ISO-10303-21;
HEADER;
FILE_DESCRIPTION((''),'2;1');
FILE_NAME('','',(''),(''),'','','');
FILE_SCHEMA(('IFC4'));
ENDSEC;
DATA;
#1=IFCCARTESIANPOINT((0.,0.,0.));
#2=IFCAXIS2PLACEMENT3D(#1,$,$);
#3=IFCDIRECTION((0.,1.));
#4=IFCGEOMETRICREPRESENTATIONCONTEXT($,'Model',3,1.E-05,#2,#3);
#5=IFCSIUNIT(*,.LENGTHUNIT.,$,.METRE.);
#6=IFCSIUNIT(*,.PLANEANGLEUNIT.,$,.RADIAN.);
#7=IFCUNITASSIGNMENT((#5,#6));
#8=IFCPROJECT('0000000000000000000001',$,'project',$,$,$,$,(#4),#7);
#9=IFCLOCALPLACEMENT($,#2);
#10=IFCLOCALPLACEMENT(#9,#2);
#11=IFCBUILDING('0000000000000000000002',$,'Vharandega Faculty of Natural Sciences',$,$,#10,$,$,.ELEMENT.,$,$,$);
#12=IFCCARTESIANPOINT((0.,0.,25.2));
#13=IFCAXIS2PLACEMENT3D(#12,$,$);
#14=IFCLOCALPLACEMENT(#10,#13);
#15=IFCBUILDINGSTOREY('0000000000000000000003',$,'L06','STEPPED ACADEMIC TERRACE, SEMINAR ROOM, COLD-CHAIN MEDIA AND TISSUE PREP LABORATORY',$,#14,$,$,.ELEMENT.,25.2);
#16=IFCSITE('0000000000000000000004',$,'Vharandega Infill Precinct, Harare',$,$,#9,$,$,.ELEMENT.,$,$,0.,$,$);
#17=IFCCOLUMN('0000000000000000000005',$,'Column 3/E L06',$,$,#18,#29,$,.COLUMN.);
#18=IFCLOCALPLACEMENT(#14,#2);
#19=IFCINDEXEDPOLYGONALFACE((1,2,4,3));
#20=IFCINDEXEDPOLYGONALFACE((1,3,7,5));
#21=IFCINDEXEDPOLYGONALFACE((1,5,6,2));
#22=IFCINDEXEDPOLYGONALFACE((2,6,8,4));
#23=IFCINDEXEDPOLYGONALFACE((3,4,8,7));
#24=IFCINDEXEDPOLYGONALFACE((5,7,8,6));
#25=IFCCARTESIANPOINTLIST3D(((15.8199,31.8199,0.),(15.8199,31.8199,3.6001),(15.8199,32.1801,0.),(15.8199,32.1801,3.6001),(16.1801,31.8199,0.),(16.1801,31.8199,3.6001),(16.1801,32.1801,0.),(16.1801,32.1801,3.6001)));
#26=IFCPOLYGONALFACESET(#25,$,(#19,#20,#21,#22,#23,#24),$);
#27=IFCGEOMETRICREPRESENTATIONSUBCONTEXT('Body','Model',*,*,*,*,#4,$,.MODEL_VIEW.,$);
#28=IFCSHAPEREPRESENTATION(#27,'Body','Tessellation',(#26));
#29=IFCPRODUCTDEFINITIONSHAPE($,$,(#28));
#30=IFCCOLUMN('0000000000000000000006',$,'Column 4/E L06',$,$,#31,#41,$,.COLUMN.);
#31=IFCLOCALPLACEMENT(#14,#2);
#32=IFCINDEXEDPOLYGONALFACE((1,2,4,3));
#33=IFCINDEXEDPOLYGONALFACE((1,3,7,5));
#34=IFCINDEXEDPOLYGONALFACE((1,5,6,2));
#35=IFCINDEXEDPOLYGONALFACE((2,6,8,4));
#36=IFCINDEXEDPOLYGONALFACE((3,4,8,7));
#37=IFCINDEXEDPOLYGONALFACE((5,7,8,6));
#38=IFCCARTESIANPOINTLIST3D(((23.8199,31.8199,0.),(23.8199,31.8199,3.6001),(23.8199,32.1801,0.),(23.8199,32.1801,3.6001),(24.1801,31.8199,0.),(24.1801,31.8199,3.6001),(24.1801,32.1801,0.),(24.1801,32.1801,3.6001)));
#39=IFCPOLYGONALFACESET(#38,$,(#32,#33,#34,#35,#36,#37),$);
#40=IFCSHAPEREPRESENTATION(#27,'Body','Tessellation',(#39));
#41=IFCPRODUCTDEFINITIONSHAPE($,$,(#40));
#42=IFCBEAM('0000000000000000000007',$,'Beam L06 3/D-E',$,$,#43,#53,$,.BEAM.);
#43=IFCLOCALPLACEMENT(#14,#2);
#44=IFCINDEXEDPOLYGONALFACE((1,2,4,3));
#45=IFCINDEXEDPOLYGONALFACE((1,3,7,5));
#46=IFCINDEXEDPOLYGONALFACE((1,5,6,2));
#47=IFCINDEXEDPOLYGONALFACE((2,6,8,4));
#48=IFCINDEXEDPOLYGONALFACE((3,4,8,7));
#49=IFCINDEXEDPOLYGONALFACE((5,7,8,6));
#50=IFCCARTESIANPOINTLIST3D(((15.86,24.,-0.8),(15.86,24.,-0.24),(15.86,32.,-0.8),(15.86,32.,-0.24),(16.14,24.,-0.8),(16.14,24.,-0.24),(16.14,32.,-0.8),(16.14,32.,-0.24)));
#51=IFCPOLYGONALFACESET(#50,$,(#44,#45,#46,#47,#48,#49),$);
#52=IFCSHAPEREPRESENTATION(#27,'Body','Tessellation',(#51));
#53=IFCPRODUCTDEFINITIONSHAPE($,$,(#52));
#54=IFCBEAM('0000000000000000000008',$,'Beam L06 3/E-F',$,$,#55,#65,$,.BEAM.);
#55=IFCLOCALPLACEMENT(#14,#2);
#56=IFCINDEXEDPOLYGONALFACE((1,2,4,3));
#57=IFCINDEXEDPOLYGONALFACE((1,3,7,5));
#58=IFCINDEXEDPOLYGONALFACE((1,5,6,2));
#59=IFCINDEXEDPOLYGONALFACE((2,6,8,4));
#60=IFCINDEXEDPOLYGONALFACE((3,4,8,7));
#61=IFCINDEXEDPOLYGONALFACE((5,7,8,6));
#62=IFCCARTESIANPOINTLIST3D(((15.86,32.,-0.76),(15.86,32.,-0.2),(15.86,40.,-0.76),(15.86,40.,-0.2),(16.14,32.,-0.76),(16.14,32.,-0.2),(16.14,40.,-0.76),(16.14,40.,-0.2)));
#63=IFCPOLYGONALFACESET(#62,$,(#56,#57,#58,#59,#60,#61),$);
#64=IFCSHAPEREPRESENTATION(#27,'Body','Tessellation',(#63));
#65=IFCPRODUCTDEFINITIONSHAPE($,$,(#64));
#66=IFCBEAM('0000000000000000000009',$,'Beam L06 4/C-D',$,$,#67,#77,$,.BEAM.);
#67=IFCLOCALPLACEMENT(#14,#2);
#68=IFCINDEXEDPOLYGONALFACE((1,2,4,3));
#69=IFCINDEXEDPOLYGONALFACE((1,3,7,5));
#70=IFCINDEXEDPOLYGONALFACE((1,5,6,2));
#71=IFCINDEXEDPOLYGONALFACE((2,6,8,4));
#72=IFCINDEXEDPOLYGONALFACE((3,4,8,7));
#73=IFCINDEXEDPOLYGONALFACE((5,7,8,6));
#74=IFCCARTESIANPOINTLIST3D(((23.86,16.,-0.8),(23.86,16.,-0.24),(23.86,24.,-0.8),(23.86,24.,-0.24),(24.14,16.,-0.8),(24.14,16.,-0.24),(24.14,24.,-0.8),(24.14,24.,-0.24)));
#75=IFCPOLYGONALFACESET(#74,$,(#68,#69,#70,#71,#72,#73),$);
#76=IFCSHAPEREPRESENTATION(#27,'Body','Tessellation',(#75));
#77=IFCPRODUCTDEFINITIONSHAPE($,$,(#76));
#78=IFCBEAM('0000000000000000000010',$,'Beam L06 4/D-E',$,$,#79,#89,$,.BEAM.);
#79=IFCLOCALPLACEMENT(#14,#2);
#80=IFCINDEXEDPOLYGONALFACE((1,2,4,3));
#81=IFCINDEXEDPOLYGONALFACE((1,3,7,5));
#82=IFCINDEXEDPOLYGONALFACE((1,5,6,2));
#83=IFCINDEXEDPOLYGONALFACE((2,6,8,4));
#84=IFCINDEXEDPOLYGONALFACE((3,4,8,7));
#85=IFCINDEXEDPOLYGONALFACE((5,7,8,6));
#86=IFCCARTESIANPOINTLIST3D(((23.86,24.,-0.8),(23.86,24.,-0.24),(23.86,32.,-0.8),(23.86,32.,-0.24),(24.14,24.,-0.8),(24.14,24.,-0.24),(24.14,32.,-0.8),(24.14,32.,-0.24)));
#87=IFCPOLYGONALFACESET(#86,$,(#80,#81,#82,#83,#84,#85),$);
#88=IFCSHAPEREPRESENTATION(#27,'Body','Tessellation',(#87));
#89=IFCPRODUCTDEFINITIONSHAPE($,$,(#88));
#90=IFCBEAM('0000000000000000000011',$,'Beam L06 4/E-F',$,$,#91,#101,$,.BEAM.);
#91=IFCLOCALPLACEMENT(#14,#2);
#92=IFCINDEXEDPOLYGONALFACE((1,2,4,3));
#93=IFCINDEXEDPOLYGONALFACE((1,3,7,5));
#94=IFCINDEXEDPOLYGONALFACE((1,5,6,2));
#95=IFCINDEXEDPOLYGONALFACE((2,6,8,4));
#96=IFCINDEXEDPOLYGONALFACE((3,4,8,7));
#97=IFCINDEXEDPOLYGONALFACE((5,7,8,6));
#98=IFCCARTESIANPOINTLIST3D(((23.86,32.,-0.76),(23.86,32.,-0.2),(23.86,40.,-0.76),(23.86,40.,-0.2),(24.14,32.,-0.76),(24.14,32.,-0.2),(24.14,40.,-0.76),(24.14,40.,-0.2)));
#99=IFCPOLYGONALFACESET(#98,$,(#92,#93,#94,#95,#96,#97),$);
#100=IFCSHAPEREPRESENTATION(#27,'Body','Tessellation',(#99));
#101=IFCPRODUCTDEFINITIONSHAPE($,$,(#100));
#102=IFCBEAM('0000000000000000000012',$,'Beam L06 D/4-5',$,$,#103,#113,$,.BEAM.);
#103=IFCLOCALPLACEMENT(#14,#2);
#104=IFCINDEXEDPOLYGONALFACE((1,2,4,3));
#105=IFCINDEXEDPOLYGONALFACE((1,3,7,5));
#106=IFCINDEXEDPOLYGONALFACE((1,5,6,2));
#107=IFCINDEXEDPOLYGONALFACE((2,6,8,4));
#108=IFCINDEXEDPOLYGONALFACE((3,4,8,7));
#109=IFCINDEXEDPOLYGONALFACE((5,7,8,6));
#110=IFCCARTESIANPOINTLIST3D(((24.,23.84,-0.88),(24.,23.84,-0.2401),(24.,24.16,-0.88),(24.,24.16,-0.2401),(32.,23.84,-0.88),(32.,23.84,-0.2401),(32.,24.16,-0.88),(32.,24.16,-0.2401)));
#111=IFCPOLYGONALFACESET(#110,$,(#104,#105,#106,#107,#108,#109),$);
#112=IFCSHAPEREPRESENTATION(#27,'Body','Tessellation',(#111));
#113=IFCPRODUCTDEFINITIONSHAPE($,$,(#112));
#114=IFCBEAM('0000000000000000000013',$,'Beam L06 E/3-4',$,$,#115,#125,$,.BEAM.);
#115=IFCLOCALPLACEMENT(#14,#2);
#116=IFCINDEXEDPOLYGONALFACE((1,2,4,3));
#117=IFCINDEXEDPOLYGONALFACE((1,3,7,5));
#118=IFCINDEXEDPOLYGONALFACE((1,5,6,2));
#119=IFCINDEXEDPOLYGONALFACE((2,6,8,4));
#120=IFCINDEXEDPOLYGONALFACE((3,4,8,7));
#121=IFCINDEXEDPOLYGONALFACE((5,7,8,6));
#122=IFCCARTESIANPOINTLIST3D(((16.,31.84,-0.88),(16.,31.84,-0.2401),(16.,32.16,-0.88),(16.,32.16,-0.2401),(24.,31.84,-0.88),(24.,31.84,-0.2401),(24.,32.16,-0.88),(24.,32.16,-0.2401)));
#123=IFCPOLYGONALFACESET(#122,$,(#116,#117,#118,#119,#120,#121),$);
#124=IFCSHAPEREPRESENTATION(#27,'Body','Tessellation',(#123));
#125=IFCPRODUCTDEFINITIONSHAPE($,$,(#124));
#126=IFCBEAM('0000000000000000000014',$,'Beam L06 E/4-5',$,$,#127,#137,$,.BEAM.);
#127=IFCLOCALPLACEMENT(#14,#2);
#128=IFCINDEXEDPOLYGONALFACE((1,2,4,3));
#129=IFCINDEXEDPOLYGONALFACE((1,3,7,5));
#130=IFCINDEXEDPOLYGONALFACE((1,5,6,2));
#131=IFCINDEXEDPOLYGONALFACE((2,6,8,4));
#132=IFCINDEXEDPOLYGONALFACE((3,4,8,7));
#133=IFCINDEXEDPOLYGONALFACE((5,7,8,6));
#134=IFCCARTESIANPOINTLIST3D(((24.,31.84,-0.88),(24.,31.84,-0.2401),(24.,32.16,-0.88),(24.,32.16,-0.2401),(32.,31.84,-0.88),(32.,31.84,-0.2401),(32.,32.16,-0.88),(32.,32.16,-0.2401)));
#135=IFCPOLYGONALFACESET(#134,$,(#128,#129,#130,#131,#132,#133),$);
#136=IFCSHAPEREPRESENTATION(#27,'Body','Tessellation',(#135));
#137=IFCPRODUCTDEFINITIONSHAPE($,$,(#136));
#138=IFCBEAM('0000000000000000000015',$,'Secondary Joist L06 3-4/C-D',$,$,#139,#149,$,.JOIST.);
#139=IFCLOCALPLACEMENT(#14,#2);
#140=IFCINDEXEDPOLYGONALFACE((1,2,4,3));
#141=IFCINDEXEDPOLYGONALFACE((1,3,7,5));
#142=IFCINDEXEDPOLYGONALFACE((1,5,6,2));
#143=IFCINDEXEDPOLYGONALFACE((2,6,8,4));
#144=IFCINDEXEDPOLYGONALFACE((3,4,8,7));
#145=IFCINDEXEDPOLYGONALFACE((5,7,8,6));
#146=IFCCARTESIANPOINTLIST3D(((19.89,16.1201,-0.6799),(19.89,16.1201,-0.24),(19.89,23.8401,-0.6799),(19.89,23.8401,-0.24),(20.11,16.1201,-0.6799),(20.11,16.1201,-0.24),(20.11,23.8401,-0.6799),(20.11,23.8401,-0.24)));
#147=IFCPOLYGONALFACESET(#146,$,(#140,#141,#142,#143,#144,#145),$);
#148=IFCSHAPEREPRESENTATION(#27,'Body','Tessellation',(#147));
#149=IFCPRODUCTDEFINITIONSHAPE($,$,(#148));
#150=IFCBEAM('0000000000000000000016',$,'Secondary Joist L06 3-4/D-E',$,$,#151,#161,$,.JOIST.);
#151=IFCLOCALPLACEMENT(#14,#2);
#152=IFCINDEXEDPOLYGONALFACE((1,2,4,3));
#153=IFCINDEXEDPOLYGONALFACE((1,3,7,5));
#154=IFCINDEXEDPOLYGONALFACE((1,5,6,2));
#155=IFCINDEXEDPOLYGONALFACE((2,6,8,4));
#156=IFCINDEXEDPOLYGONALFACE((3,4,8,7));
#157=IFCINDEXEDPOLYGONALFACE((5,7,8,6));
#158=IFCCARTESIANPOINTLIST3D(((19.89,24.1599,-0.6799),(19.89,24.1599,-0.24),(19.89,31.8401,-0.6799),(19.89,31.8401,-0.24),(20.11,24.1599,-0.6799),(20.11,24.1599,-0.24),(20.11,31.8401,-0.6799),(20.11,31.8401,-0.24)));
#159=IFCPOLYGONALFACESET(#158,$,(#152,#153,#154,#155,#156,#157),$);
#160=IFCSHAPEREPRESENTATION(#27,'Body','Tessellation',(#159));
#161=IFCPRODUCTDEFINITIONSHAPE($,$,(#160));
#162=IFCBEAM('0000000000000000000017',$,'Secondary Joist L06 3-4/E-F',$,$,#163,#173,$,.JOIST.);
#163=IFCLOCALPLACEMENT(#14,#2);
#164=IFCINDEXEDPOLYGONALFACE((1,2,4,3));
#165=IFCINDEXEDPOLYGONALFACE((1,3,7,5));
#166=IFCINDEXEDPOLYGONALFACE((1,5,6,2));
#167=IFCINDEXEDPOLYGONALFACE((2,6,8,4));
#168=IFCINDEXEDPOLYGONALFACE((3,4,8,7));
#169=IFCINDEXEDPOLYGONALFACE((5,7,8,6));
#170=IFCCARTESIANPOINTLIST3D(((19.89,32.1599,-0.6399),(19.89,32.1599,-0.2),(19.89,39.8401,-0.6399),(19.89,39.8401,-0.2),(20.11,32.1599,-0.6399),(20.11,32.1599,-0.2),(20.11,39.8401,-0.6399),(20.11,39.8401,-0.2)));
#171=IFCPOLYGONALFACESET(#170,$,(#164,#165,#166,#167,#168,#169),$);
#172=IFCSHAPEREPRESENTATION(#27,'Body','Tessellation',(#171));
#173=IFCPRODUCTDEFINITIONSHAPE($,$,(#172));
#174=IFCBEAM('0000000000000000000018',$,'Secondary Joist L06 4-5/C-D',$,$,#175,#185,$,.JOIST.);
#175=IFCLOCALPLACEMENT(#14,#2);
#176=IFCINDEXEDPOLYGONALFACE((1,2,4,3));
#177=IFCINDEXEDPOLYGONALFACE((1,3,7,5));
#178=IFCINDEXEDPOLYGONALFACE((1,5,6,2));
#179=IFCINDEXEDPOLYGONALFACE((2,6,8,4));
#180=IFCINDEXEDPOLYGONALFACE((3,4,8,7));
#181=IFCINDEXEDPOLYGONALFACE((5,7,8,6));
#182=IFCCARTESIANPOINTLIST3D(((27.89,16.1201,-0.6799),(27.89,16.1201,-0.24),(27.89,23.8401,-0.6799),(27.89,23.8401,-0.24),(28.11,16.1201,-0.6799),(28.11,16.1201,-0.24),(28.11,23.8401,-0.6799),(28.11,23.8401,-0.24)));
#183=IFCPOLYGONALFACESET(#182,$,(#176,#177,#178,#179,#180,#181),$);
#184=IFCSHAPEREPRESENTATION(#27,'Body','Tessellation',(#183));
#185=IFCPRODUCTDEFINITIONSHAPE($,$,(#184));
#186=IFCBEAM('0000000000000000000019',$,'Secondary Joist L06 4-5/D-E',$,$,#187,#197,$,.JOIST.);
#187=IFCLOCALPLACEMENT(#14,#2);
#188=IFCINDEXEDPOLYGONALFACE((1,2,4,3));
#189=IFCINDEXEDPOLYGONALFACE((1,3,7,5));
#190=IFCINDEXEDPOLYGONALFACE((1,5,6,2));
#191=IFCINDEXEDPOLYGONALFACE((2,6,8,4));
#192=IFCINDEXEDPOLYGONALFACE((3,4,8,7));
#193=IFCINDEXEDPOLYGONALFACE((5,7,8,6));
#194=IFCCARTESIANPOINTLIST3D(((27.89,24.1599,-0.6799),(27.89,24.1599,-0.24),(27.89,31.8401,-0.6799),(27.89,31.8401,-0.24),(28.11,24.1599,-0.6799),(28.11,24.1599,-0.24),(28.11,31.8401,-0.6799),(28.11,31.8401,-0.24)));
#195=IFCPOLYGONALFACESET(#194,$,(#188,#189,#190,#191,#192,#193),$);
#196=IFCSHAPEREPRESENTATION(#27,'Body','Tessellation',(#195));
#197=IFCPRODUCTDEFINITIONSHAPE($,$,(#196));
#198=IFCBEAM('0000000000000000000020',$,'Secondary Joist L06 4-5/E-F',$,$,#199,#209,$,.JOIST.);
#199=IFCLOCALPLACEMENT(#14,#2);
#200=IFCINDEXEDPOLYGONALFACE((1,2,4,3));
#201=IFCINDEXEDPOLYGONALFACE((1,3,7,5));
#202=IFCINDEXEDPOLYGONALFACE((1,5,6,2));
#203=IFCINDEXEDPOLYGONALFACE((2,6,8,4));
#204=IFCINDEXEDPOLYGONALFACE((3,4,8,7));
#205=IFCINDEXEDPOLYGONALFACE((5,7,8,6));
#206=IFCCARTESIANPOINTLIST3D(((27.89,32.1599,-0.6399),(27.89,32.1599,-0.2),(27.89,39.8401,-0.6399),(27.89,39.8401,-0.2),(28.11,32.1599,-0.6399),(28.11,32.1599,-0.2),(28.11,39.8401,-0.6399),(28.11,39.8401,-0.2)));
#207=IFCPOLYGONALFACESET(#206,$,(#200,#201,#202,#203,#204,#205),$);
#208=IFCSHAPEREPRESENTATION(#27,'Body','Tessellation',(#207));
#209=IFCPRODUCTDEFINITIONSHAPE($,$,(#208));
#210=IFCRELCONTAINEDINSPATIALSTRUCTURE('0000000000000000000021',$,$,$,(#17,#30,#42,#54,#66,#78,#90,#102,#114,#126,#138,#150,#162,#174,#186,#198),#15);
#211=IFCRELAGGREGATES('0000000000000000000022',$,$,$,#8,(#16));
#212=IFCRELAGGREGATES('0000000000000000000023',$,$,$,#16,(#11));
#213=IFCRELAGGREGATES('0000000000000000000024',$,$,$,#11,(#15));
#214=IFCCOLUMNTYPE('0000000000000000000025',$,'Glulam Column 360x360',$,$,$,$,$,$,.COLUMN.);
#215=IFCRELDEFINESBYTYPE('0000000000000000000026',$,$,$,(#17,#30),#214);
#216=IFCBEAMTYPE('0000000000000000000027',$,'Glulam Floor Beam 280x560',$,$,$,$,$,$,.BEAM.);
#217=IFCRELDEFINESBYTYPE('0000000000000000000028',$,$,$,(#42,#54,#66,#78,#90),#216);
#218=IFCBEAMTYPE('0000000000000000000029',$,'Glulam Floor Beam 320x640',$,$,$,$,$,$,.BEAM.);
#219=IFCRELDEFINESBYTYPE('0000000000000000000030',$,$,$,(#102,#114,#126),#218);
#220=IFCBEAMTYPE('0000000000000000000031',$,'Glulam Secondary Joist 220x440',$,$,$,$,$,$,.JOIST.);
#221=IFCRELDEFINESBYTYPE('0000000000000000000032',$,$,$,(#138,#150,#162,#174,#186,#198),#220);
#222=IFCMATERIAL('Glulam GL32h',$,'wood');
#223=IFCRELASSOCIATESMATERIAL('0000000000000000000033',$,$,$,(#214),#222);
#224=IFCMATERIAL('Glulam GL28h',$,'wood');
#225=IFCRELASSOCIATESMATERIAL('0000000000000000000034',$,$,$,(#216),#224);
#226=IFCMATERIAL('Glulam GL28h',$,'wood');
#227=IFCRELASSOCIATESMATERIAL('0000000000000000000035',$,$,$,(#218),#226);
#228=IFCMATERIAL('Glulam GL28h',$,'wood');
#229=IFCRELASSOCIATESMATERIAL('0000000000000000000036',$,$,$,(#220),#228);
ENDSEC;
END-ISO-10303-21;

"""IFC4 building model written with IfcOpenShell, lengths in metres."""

from ifc_helpers import new_model, si_unit, direction, frame, origin, origin_2d, place, context, subcontext, project, spatial, rectangle, extrude, material, material_profile, profile_set, type_object, element, save


model = new_model("IFC4")

# Units and contexts
model_context = context("Model", 3, precision=1e-05, world=origin(), true_north=direction((0.0, 1.0)))
body_context = subcontext(model_context, "Body", "Model", "MODEL_VIEW")
ifc_project = project(units=[si_unit("LENGTHUNIT", "METRE"), si_unit("PLANEANGLEUNIT", "RADIAN")], contexts=[model_context])

# Site, building, storey
site_placement = place(None, origin())
site = spatial("IfcSite", under=ifc_project, at=site_placement, Name="Vharandega Infill Precinct, Harare", CompositionType="ELEMENT", RefElevation=0.0)
building_placement = place(site_placement, origin())
building = spatial("IfcBuilding", under=site, at=building_placement, Name="Vharandega Faculty of Natural Sciences", CompositionType="ELEMENT")
storey_placement = place(building_placement, frame((0.0, 0.0, 25.2)))
storey = spatial("IfcBuildingStorey", under=building, at=storey_placement, Name="L06", Description="STEPPED ACADEMIC TERRACE, SEMINAR ROOM, COLD-CHAIN MEDIA AND TISSUE PREP LABORATORY", CompositionType="ELEMENT", Elevation=25.2)

# Columns
ifc_material_1 = material(Name="Glulam GL32h", Category="wood")
ifc_material_profile_1 = material_profile(ifc_material_1, rectangle(XDim=0.3601, YDim=0.3601, at=origin_2d()), Name="GL32h 360x360")
ifc_profile_set_1 = profile_set([ifc_material_profile_1], Name="Glulam GL32h")
column_type = type_object("IfcColumnType", Name="Glulam Column 360x360", PredefinedType="COLUMN", material=ifc_profile_set_1)
for number, where, z_axis, x_axis, name in (
    (1, (16.0, 32.0, 0.0), (0.0, 0.0, 1.0), (1.0, 0.0, 0.0), "Column 3/E L06"),
    (2, (24.0, 32.0, 0.0), (0.0, 0.0, 1.0), (1.0, 0.0, 0.0), "Column 4/E L06"),
):
    element("IfcColumn", number, at=place(storey_placement, frame(where, z_axis=z_axis, x_axis=x_axis)), inside=storey, type_object=column_type, Name=name, PredefinedType="COLUMN", context=body_context, shape_type="SweptSolid", body=[
        extrude(rectangle(XDim=0.3601, YDim=0.3601, at=origin_2d()), origin(), (0.0, 0.0, 1.0), 3.6001),
    ])

# Beams
ifc_material_2 = material(Name="Glulam GL28h", Category="wood")
ifc_material_profile_2 = material_profile(ifc_material_2, rectangle(XDim=0.28, YDim=0.5601, at=origin_2d()), Name="GL28h 280x560")
ifc_profile_set_2 = profile_set([ifc_material_profile_2], Name="Glulam GL28h")
beam_type_1 = type_object("IfcBeamType", Name="Glulam Floor Beam 280x560", PredefinedType="BEAM", material=ifc_profile_set_2)
for number, where, z_axis, x_axis, name in (
    (3, (16.0, 24.0, -0.52), (0.0, 1.0, 0.0), (-1.0, 0.0, 0.0), "Beam L06 3/D-E"),
    (4, (16.0, 32.0, -0.48), (0.0, 1.0, 0.0), (-1.0, 0.0, 0.0), "Beam L06 3/E-F"),
    (5, (24.0, 16.0, -0.52), (0.0, 1.0, 0.0), (-1.0, 0.0, 0.0), "Beam L06 4/C-D"),
    (6, (24.0, 24.0, -0.52), (0.0, 1.0, 0.0), (-1.0, 0.0, 0.0), "Beam L06 4/D-E"),
    (7, (24.0, 32.0, -0.48), (0.0, 1.0, 0.0), (-1.0, 0.0, 0.0), "Beam L06 4/E-F"),
):
    element("IfcBeam", number, at=place(storey_placement, frame(where, z_axis=z_axis, x_axis=x_axis)), inside=storey, type_object=beam_type_1, Name=name, PredefinedType="BEAM", context=body_context, shape_type="SweptSolid", body=[
        extrude(rectangle(XDim=0.28, YDim=0.5601, at=origin_2d()), origin(), (0.0, 0.0, 1.0), 8.0),
    ])
ifc_material_3 = material(Name="Glulam GL28h", Category="wood")
ifc_material_profile_3 = material_profile(ifc_material_3, rectangle(XDim=0.3201, YDim=0.6399, at=origin_2d()), Name="GL28h 320x640")
ifc_profile_set_3 = profile_set([ifc_material_profile_3], Name="Glulam GL28h")
beam_type_2 = type_object("IfcBeamType", Name="Glulam Floor Beam 320x640", PredefinedType="BEAM", material=ifc_profile_set_3)
for number, where, z_axis, x_axis, name in (
    (8, (24.0, 24.0, -0.5601), (1.0, 0.0, 0.0), (0.0, 1.0, 0.0), "Beam L06 D/4-5"),
    (9, (16.0, 32.0, -0.5601), (1.0, 0.0, 0.0), (0.0, 1.0, 0.0), "Beam L06 E/3-4"),
    (10, (24.0, 32.0, -0.5601), (1.0, 0.0, 0.0), (0.0, 1.0, 0.0), "Beam L06 E/4-5"),
):
    element("IfcBeam", number, at=place(storey_placement, frame(where, z_axis=z_axis, x_axis=x_axis)), inside=storey, type_object=beam_type_2, Name=name, PredefinedType="BEAM", context=body_context, shape_type="SweptSolid", body=[
        extrude(rectangle(XDim=0.3201, YDim=0.6399, at=origin_2d()), origin(), (0.0, 0.0, 1.0), 8.0),
    ])
ifc_material_4 = material(Name="Glulam GL28h", Category="wood")
ifc_material_profile_4 = material_profile(ifc_material_4, rectangle(XDim=0.22, YDim=0.4399, at=origin_2d()), Name="GL28h 220x440")
ifc_profile_set_4 = profile_set([ifc_material_profile_4], Name="Glulam GL28h")
beam_type_3 = type_object("IfcBeamType", Name="Glulam Secondary Joist 220x440", PredefinedType="JOIST", material=ifc_profile_set_4)
beam_1_placement = place(storey_placement, frame((20.0, 16.1201, -0.46), z_axis=(0.0, 1.0, 0.0), x_axis=(-1.0, 0.0, 0.0)))
element("IfcBeam", 11, at=beam_1_placement, inside=storey, type_object=beam_type_3, Name="Secondary Joist L06 3-4/C-D", PredefinedType="JOIST", context=body_context, shape_type="SweptSolid", body=[
    extrude(rectangle(XDim=0.22, YDim=0.4399, at=origin_2d()), origin(), (0.0, 0.0, 1.0), 7.72),
])
for number, where, z_axis, x_axis, name in (
    (12, (20.0, 24.1599, -0.46), (0.0, 1.0, 0.0), (-1.0, 0.0, 0.0), "Secondary Joist L06 3-4/D-E"),
    (13, (20.0, 32.1599, -0.4199), (0.0, 1.0, 0.0), (-1.0, 0.0, 0.0), "Secondary Joist L06 3-4/E-F"),
):
    element("IfcBeam", number, at=place(storey_placement, frame(where, z_axis=z_axis, x_axis=x_axis)), inside=storey, type_object=beam_type_3, Name=name, PredefinedType="JOIST", context=body_context, shape_type="SweptSolid", body=[
        extrude(rectangle(XDim=0.22, YDim=0.4399, at=origin_2d()), origin(), (0.0, 0.0, 1.0), 7.6802),
    ])
beam_2_placement = place(storey_placement, frame((28.0, 16.1201, -0.46), z_axis=(0.0, 1.0, 0.0), x_axis=(-1.0, 0.0, 0.0)))
element("IfcBeam", 14, at=beam_2_placement, inside=storey, type_object=beam_type_3, Name="Secondary Joist L06 4-5/C-D", PredefinedType="JOIST", context=body_context, shape_type="SweptSolid", body=[
    extrude(rectangle(XDim=0.22, YDim=0.4399, at=origin_2d()), origin(), (0.0, 0.0, 1.0), 7.72),
])
for number, where, z_axis, x_axis, name in (
    (15, (28.0, 24.1599, -0.46), (0.0, 1.0, 0.0), (-1.0, 0.0, 0.0), "Secondary Joist L06 4-5/D-E"),
    (16, (28.0, 32.1599, -0.4199), (0.0, 1.0, 0.0), (-1.0, 0.0, 0.0), "Secondary Joist L06 4-5/E-F"),
):
    element("IfcBeam", number, at=place(storey_placement, frame(where, z_axis=z_axis, x_axis=x_axis)), inside=storey, type_object=beam_type_3, Name=name, PredefinedType="JOIST", context=body_context, shape_type="SweptSolid", body=[
        extrude(rectangle(XDim=0.22, YDim=0.4399, at=origin_2d()), origin(), (0.0, 0.0, 1.0), 7.6802),
    ])

save(model, "model.ifc")
